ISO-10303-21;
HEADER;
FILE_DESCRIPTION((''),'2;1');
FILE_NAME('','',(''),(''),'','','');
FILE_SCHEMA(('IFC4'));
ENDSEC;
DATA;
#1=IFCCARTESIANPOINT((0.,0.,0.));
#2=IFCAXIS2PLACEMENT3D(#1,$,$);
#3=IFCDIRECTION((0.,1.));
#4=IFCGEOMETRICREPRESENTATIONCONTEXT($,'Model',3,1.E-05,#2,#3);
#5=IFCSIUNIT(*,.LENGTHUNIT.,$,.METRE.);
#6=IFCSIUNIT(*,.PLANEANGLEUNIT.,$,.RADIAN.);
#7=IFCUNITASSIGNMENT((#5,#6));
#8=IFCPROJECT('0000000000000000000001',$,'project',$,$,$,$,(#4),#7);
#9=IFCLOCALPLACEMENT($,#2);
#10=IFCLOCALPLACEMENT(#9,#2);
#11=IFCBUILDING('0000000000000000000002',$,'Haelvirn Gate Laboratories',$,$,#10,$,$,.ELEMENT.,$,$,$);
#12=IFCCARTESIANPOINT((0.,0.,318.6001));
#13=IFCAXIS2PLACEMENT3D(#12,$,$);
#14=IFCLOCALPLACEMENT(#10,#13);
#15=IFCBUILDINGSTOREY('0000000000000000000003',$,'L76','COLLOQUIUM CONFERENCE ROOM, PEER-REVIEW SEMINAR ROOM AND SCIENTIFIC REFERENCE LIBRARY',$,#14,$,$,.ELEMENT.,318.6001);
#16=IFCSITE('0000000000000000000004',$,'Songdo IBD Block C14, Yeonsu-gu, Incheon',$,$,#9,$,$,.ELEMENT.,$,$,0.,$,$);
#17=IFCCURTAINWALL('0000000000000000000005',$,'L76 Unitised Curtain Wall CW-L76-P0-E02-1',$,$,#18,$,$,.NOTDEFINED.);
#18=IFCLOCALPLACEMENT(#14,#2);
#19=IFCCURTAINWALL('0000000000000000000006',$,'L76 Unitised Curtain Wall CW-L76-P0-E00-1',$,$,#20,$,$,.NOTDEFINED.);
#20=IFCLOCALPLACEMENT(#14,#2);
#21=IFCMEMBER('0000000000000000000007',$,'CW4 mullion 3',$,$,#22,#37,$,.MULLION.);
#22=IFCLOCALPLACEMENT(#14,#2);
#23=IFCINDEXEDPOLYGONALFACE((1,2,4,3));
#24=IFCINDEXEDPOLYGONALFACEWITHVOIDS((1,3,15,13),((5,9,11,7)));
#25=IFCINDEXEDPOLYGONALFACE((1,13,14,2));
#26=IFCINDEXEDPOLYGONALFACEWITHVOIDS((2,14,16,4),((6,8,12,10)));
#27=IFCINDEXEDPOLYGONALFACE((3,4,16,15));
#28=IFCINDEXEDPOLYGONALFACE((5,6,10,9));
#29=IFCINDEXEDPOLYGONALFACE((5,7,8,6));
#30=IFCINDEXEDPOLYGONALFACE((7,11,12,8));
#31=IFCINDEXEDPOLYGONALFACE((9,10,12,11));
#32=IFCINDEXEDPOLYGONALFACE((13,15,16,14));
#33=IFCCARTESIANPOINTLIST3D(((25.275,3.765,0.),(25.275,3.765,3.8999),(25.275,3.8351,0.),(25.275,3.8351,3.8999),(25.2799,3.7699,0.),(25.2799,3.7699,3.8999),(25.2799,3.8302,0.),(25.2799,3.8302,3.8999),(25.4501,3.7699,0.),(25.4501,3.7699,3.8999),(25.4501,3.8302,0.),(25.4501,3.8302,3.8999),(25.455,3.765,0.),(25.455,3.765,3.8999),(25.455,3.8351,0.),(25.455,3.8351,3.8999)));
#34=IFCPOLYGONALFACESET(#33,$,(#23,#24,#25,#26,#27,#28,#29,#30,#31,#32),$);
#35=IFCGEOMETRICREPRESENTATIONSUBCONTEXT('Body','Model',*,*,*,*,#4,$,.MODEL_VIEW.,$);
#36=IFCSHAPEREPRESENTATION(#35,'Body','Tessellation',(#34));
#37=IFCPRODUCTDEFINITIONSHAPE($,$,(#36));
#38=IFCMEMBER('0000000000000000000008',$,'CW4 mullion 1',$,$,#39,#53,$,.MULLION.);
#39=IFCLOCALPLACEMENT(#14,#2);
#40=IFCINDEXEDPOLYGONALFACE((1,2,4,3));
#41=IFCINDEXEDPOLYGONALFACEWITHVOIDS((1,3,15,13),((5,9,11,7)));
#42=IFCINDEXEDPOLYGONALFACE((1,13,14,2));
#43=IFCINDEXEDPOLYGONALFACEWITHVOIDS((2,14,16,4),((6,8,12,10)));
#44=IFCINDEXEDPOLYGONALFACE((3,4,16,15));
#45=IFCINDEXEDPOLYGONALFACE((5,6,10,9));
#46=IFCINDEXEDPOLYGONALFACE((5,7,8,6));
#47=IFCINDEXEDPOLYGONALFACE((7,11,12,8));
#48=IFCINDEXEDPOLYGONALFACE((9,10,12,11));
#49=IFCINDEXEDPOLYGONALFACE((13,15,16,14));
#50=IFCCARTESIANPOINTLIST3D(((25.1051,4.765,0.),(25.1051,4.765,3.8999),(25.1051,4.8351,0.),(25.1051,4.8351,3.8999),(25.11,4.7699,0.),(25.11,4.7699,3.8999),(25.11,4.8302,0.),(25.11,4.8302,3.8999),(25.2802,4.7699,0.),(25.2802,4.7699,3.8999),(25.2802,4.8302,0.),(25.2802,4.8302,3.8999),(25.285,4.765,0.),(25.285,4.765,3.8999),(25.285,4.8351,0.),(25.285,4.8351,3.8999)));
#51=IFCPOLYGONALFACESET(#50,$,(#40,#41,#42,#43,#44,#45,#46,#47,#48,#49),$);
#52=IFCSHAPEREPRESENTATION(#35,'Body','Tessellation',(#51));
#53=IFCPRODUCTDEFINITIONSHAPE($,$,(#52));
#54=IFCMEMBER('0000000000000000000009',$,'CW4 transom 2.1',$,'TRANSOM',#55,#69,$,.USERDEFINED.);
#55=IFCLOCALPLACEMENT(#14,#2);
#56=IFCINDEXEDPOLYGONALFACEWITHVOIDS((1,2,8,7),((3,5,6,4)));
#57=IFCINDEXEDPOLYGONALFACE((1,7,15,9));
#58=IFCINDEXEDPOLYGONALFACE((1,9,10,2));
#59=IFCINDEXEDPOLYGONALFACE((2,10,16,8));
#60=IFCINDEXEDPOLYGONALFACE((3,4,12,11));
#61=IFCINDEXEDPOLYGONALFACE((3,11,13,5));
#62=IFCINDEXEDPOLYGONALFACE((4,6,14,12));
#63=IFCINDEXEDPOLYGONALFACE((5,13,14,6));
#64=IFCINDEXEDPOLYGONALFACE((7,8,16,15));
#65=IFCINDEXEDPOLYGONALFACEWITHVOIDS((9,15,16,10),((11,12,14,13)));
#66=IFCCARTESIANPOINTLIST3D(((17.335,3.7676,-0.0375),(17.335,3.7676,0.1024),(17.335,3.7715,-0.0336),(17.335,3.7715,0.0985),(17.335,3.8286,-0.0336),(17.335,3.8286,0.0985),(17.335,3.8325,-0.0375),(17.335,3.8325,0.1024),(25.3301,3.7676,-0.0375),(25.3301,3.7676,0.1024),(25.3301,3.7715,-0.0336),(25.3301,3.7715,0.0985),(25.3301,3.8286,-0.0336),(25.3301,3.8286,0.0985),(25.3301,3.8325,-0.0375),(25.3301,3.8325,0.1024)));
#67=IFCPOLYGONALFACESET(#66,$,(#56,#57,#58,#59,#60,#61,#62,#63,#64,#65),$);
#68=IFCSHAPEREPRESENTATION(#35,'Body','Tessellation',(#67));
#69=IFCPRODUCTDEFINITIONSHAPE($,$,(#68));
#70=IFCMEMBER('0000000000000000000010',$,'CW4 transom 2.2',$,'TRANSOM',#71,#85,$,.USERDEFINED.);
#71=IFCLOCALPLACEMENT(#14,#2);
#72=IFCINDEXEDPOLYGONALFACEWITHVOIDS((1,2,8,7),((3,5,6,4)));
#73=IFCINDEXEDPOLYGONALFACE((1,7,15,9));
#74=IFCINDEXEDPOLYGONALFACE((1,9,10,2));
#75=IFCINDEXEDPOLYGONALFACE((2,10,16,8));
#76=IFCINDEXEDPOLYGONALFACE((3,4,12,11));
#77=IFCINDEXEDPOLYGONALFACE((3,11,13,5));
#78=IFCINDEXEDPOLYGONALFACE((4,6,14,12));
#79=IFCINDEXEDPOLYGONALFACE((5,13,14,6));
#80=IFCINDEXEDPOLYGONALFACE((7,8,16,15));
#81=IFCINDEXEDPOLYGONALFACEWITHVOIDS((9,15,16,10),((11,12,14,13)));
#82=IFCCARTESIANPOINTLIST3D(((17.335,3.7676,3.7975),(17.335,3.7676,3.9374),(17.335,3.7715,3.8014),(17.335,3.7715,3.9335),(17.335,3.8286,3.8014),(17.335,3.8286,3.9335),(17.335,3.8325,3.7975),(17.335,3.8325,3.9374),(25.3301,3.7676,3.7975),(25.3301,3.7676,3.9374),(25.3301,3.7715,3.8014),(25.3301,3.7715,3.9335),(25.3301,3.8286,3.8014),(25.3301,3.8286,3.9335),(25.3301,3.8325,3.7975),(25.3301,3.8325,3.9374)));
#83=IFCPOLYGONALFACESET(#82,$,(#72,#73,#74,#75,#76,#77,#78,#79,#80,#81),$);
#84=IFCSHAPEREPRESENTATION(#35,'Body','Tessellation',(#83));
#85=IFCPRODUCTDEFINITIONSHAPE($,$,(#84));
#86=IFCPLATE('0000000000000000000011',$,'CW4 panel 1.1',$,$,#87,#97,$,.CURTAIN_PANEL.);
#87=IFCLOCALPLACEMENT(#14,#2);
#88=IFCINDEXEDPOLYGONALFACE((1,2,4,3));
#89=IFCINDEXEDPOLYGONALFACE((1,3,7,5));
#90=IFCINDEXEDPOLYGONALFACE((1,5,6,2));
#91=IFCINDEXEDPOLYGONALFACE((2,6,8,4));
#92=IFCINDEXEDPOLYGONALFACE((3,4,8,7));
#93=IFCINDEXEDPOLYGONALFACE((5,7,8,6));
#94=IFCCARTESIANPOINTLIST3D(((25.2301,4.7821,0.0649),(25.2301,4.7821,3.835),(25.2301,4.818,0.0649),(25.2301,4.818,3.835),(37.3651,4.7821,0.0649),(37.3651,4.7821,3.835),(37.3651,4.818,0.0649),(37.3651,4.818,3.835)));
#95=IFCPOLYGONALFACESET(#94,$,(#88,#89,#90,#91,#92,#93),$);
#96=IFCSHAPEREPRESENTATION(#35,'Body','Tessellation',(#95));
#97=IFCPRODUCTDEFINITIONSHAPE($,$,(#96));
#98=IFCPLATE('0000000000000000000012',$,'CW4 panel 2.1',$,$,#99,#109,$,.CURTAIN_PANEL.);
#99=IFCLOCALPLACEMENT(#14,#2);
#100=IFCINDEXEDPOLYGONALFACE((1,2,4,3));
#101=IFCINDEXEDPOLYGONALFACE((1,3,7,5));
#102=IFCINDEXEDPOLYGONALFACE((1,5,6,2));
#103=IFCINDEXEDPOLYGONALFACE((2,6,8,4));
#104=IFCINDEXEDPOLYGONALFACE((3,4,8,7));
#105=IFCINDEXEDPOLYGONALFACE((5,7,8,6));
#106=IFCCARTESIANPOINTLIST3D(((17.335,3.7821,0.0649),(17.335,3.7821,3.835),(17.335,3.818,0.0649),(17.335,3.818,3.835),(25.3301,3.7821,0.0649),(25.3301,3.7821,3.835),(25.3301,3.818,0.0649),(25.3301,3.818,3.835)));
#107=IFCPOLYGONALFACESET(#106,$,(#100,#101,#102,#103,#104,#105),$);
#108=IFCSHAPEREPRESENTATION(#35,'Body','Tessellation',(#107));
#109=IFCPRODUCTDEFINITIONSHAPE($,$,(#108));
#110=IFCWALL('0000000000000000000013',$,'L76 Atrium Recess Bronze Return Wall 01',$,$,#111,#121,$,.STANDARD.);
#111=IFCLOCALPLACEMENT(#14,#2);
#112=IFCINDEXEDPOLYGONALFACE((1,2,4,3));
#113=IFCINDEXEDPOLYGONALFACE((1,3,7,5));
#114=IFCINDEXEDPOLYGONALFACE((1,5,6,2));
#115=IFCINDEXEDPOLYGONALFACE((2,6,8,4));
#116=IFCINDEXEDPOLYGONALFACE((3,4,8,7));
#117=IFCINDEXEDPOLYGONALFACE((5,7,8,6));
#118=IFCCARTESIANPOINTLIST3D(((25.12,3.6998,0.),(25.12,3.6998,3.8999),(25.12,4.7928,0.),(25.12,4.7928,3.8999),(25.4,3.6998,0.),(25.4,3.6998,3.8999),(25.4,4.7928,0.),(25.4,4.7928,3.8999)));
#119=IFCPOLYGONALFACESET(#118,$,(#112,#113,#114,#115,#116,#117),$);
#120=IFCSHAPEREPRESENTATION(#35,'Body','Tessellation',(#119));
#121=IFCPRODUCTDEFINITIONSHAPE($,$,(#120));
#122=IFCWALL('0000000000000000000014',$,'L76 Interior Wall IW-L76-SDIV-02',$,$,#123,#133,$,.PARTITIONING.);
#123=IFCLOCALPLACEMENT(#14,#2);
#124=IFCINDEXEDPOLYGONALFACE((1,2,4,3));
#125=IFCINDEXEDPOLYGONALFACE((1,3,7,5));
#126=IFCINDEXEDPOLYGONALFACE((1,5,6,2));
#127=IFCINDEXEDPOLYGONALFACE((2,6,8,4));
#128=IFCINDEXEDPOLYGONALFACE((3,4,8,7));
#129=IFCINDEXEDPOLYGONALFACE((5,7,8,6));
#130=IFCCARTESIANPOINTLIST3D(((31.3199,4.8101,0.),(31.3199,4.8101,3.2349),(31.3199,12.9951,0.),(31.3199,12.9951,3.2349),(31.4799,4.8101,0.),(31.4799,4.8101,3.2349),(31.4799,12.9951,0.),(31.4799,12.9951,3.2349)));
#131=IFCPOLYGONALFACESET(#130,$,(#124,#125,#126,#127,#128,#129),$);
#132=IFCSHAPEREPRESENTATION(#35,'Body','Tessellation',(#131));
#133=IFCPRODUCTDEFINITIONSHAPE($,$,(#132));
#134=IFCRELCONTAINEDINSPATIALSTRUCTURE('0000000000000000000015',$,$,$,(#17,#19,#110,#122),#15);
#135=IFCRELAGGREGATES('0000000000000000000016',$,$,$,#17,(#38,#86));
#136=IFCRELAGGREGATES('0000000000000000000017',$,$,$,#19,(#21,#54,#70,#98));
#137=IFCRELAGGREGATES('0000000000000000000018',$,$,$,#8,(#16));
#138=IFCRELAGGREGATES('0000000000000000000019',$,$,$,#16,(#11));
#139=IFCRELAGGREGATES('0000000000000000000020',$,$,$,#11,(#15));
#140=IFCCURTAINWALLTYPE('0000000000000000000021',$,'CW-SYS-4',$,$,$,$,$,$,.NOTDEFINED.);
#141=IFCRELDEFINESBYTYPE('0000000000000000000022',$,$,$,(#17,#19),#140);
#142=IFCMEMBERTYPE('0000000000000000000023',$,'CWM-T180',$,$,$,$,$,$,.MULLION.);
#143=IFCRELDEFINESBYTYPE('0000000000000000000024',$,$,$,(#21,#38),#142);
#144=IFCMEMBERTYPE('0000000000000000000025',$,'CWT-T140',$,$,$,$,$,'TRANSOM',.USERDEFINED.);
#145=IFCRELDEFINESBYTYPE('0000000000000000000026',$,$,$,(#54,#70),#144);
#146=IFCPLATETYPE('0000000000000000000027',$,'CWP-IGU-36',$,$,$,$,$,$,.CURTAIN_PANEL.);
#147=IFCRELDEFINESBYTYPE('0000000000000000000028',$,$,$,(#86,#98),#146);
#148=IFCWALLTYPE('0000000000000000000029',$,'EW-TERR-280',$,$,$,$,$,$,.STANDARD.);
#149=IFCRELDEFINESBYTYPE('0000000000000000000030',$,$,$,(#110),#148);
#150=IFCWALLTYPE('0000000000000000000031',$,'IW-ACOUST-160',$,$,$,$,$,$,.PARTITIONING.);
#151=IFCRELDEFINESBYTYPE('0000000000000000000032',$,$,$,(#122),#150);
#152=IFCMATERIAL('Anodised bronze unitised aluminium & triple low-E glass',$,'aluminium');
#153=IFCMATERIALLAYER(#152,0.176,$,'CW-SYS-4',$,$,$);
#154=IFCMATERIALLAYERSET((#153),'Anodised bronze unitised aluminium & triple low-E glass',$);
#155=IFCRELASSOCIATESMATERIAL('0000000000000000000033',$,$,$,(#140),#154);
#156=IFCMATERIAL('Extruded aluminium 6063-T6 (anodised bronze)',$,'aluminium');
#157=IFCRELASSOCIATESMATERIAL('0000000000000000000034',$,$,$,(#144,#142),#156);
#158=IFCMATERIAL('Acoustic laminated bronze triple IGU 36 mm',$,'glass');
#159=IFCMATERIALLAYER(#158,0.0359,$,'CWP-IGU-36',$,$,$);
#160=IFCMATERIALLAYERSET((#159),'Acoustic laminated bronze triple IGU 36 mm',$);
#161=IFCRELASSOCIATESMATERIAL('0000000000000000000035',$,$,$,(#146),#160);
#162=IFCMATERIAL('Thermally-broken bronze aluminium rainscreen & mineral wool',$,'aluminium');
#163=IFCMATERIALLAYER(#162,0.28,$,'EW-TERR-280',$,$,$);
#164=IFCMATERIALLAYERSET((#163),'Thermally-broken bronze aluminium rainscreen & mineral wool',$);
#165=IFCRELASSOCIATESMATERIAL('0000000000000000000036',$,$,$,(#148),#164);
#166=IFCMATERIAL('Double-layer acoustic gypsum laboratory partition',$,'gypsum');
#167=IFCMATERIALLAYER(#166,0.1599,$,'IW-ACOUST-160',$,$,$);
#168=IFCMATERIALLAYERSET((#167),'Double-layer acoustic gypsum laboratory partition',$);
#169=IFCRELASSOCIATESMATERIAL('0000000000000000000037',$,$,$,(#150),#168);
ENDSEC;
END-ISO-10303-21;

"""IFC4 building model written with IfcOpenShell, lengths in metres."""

from ifc_helpers import new_model, si_unit, direction, frame, frame_2d, origin, origin_2d, place, context, subcontext, project, spatial, rectangle, hollow_rectangle, extrude, source, transform, mapped, material, layer, layer_set, material_profile, profile_set, type_object, type_shapes, element, aggregate, save


model = new_model("IFC4")

# Units and contexts
model_context = context("Model", 3, precision=1e-05, world=origin(), true_north=direction((0.0, 1.0)))
body_context = subcontext(model_context, "Body", "Model", "MODEL_VIEW")
ifc_project = project(units=[si_unit("LENGTHUNIT", "METRE"), si_unit("PLANEANGLEUNIT", "RADIAN")], contexts=[model_context])

# Site, building, storey
site_placement = place(None, origin())
site = spatial("IfcSite", under=ifc_project, at=site_placement, Name="Songdo IBD Block C14, Yeonsu-gu, Incheon", CompositionType="ELEMENT", RefElevation=0.0)
building_placement = place(site_placement, origin())
building = spatial("IfcBuilding", under=site, at=building_placement, Name="Haelvirn Gate Laboratories", CompositionType="ELEMENT")
storey_placement = place(building_placement, frame((0.0, 0.0, 318.6001)))
storey = spatial("IfcBuildingStorey", under=building, at=storey_placement, Name="L76", Description="COLLOQUIUM CONFERENCE ROOM, PEER-REVIEW SEMINAR ROOM AND SCIENTIFIC REFERENCE LIBRARY", CompositionType="ELEMENT", Elevation=318.6001)

# Curtain walls, member
ifc_material_1 = material(Name="Anodised bronze unitised aluminium & triple low-E glass", Category="aluminium")
ifc_layer_1 = layer(ifc_material_1, 0.176, Name="CW-SYS-4")
ifc_layer_set_1 = layer_set([ifc_layer_1], Name="Anodised bronze unitised aluminium & triple low-E glass")
curtain_wall_type = type_object("IfcCurtainWallType", Name="CW-SYS-4", PredefinedType="NOTDEFINED", material=ifc_layer_set_1)
curtain_wall_1_placement = place(storey_placement, origin())
curtain_wall_1 = element("IfcCurtainWall", 1, at=curtain_wall_1_placement, inside=storey, type_object=curtain_wall_type, Name="L76 Unitised Curtain Wall CW-L76-P0-E02-1", PredefinedType="NOTDEFINED")
ifc_material_2 = material(Name="Extruded aluminium 6063-T6 (anodised bronze)", Category="aluminium")
ifc_material_profile_1 = material_profile(ifc_material_2, hollow_rectangle(XDim=0.0649, YDim=0.1399, WallThickness=0.0039, at=origin_2d()), Name="CWT-140x65x4")
ifc_profile_set_1 = profile_set([ifc_material_profile_1], Name="Extruded aluminium 6063-T6 (anodised bronze)")
member_type_1 = type_object("IfcMemberType", Name="CWT-T140", ElementType="TRANSOM", PredefinedType="USERDEFINED", material=ifc_profile_set_1)
curtain_wall_2_placement = place(storey_placement, origin())
curtain_wall_2 = element("IfcCurtainWall", 2, at=curtain_wall_2_placement, inside=storey, type_object=curtain_wall_type, Name="L76 Unitised Curtain Wall CW-L76-P0-E00-1", PredefinedType="NOTDEFINED")
ifc_material_profile_2 = material_profile(ifc_material_2, hollow_rectangle(XDim=0.0701, YDim=0.1799, WallThickness=0.0049, at=origin_2d()), Name="CWM-180x70x5")
ifc_profile_set_2 = profile_set([ifc_material_profile_2], Name="Extruded aluminium 6063-T6 (anodised bronze)")
member_type_2 = type_object("IfcMemberType", Name="CWM-T180", PredefinedType="MULLION", material=ifc_profile_set_2)
shared_shape_1 = source(origin(), body_context, "Body", "SweptSolid", [
    extrude(hollow_rectangle(XDim=0.0701, YDim=0.1799, WallThickness=0.0049, at=origin_2d()), origin(), (0.0, 0.0, 1.0), 3.8999),
])
type_shapes(member_type_2, [shared_shape_1])
member_1_placement = place(storey_placement, frame((25.365, 3.8, 0.0), z_axis=(0.0, 0.0, 1.0), x_axis=(0.0, 1.0, 0.0)))
member_1 = element("IfcMember", 3, at=member_1_placement, type_object=member_type_2, Name="CW4 mullion 3", PredefinedType="MULLION", context=body_context, shape_type="MappedRepresentation", body=[
    mapped(shared_shape_1, transform((0.0, 0.0, 0.0), scale=1.0)),
])

# Members
member_2_placement = place(storey_placement, frame((25.1951, 4.8, 0.0), z_axis=(0.0, 0.0, 1.0), x_axis=(0.0, 1.0, 0.0)))
member_2 = element("IfcMember", 4, at=member_2_placement, type_object=member_type_2, Name="CW4 mullion 1", PredefinedType="MULLION", context=body_context, shape_type="MappedRepresentation", body=[
    mapped(shared_shape_1, transform((0.0, 0.0, 0.0), scale=1.0)),
])
shared_shape_2 = source(origin(), body_context, "Body", "SweptSolid", [
    extrude(hollow_rectangle(XDim=0.0649, YDim=0.1399, WallThickness=0.0039, at=origin_2d()), origin(), (0.0, 0.0, 1.0), 7.9951),
])
member_3_placement = place(storey_placement, frame((17.335, 3.8, 0.0325), z_axis=(1.0, 0.0, 0.0), x_axis=(0.0, 1.0, 0.0)))
member_3 = element("IfcMember", 5, at=member_3_placement, type_object=member_type_1, Name="CW4 transom 2.1", ObjectType="TRANSOM", PredefinedType="USERDEFINED", context=body_context, shape_type="MappedRepresentation", body=[
    mapped(shared_shape_2, transform((0.0, 0.0, 0.0), scale=1.0)),
])
member_4_placement = place(storey_placement, frame((17.335, 3.8, 3.8674), z_axis=(1.0, 0.0, 0.0), x_axis=(0.0, 1.0, 0.0)))
member_4 = element("IfcMember", 6, at=member_4_placement, type_object=member_type_1, Name="CW4 transom 2.2", ObjectType="TRANSOM", PredefinedType="USERDEFINED", context=body_context, shape_type="MappedRepresentation", body=[
    mapped(shared_shape_2, transform((0.0, 0.0, 0.0), scale=1.0)),
])

# Plates
ifc_material_3 = material(Name="Acoustic laminated bronze triple IGU 36 mm", Category="glass")
ifc_layer_2 = layer(ifc_material_3, 0.0359, Name="CWP-IGU-36")
ifc_layer_set_2 = layer_set([ifc_layer_2], Name="Acoustic laminated bronze triple IGU 36 mm")
plate_type = type_object("IfcPlateType", Name="CWP-IGU-36", PredefinedType="CURTAIN_PANEL", material=ifc_layer_set_2)
shared_shape_3 = source(origin(), body_context, "Body", "SweptSolid", [
    extrude(rectangle(XDim=12.135, YDim=0.0359, at=origin_2d()), origin(), (0.0, 0.0, 1.0), 3.77),
])
plate_1_placement = place(storey_placement, frame((31.2976, 4.8, 0.0649), z_axis=(0.0, 0.0, 1.0), x_axis=(1.0, 0.0, 0.0)))
plate_1 = element("IfcPlate", 7, at=plate_1_placement, type_object=plate_type, Name="CW4 panel 1.1", PredefinedType="CURTAIN_PANEL", context=body_context, shape_type="MappedRepresentation", body=[
    mapped(shared_shape_3, transform((0.0, 0.0, 0.0), scale=1.0)),
])
aggregate(curtain_wall_1, [member_2, plate_1])
shared_shape_4 = source(origin(), body_context, "Body", "SweptSolid", [
    extrude(rectangle(XDim=7.9951, YDim=0.0359, at=origin_2d()), origin(), (0.0, 0.0, 1.0), 3.77),
])
type_shapes(plate_type, [shared_shape_3, shared_shape_4])
plate_2_placement = place(storey_placement, frame((21.3325, 3.8, 0.0649), z_axis=(0.0, 0.0, 1.0), x_axis=(1.0, 0.0, 0.0)))
plate_2 = element("IfcPlate", 8, at=plate_2_placement, type_object=plate_type, Name="CW4 panel 2.1", PredefinedType="CURTAIN_PANEL", context=body_context, shape_type="MappedRepresentation", body=[
    mapped(shared_shape_4, transform((0.0, 0.0, 0.0), scale=1.0)),
])
aggregate(curtain_wall_2, [member_1, member_3, member_4, plate_2])

# Walls
ifc_material_4 = material(Name="Thermally-broken bronze aluminium rainscreen & mineral wool", Category="aluminium")
ifc_layer_3 = layer(ifc_material_4, 0.28, Name="EW-TERR-280")
ifc_layer_set_3 = layer_set([ifc_layer_3], Name="Thermally-broken bronze aluminium rainscreen & mineral wool")
wall_type_1 = type_object("IfcWallType", Name="EW-TERR-280", PredefinedType="STANDARD", material=ifc_layer_set_3)
wall_1_placement = place(storey_placement, frame((25.26, 3.7, 0.0), z_axis=(0.0, 0.0, 1.0), x_axis=(0.0, 1.0, 0.0)))
element("IfcWall", 9, at=wall_1_placement, inside=storey, type_object=wall_type_1, Name="L76 Atrium Recess Bronze Return Wall 01", PredefinedType="STANDARD", context=body_context, shape_type="SweptSolid", body=[
    extrude(rectangle(XDim=1.093, YDim=0.28, at=frame_2d((0.5464, 0.0))), origin(), (0.0, 0.0, 1.0), 3.8999),
])
ifc_material_5 = material(Name="Double-layer acoustic gypsum laboratory partition", Category="gypsum")
ifc_layer_4 = layer(ifc_material_5, 0.1599, Name="IW-ACOUST-160")
ifc_layer_set_4 = layer_set([ifc_layer_4], Name="Double-layer acoustic gypsum laboratory partition")
wall_type_2 = type_object("IfcWallType", Name="IW-ACOUST-160", PredefinedType="PARTITIONING", material=ifc_layer_set_4)
wall_2_placement = place(storey_placement, frame((31.3999, 4.8101, 0.0), z_axis=(0.0, 0.0, 1.0), x_axis=(0.0, 1.0, 0.0)))
element("IfcWall", 10, at=wall_2_placement, inside=storey, type_object=wall_type_2, Name="L76 Interior Wall IW-L76-SDIV-02", PredefinedType="PARTITIONING", context=body_context, shape_type="SweptSolid", body=[
    extrude(rectangle(XDim=8.1851, YDim=0.1599, at=frame_2d((4.0925, 0.0))), origin(), (0.0, 0.0, 1.0), 3.2349),
])

save(model, "model.ifc")
